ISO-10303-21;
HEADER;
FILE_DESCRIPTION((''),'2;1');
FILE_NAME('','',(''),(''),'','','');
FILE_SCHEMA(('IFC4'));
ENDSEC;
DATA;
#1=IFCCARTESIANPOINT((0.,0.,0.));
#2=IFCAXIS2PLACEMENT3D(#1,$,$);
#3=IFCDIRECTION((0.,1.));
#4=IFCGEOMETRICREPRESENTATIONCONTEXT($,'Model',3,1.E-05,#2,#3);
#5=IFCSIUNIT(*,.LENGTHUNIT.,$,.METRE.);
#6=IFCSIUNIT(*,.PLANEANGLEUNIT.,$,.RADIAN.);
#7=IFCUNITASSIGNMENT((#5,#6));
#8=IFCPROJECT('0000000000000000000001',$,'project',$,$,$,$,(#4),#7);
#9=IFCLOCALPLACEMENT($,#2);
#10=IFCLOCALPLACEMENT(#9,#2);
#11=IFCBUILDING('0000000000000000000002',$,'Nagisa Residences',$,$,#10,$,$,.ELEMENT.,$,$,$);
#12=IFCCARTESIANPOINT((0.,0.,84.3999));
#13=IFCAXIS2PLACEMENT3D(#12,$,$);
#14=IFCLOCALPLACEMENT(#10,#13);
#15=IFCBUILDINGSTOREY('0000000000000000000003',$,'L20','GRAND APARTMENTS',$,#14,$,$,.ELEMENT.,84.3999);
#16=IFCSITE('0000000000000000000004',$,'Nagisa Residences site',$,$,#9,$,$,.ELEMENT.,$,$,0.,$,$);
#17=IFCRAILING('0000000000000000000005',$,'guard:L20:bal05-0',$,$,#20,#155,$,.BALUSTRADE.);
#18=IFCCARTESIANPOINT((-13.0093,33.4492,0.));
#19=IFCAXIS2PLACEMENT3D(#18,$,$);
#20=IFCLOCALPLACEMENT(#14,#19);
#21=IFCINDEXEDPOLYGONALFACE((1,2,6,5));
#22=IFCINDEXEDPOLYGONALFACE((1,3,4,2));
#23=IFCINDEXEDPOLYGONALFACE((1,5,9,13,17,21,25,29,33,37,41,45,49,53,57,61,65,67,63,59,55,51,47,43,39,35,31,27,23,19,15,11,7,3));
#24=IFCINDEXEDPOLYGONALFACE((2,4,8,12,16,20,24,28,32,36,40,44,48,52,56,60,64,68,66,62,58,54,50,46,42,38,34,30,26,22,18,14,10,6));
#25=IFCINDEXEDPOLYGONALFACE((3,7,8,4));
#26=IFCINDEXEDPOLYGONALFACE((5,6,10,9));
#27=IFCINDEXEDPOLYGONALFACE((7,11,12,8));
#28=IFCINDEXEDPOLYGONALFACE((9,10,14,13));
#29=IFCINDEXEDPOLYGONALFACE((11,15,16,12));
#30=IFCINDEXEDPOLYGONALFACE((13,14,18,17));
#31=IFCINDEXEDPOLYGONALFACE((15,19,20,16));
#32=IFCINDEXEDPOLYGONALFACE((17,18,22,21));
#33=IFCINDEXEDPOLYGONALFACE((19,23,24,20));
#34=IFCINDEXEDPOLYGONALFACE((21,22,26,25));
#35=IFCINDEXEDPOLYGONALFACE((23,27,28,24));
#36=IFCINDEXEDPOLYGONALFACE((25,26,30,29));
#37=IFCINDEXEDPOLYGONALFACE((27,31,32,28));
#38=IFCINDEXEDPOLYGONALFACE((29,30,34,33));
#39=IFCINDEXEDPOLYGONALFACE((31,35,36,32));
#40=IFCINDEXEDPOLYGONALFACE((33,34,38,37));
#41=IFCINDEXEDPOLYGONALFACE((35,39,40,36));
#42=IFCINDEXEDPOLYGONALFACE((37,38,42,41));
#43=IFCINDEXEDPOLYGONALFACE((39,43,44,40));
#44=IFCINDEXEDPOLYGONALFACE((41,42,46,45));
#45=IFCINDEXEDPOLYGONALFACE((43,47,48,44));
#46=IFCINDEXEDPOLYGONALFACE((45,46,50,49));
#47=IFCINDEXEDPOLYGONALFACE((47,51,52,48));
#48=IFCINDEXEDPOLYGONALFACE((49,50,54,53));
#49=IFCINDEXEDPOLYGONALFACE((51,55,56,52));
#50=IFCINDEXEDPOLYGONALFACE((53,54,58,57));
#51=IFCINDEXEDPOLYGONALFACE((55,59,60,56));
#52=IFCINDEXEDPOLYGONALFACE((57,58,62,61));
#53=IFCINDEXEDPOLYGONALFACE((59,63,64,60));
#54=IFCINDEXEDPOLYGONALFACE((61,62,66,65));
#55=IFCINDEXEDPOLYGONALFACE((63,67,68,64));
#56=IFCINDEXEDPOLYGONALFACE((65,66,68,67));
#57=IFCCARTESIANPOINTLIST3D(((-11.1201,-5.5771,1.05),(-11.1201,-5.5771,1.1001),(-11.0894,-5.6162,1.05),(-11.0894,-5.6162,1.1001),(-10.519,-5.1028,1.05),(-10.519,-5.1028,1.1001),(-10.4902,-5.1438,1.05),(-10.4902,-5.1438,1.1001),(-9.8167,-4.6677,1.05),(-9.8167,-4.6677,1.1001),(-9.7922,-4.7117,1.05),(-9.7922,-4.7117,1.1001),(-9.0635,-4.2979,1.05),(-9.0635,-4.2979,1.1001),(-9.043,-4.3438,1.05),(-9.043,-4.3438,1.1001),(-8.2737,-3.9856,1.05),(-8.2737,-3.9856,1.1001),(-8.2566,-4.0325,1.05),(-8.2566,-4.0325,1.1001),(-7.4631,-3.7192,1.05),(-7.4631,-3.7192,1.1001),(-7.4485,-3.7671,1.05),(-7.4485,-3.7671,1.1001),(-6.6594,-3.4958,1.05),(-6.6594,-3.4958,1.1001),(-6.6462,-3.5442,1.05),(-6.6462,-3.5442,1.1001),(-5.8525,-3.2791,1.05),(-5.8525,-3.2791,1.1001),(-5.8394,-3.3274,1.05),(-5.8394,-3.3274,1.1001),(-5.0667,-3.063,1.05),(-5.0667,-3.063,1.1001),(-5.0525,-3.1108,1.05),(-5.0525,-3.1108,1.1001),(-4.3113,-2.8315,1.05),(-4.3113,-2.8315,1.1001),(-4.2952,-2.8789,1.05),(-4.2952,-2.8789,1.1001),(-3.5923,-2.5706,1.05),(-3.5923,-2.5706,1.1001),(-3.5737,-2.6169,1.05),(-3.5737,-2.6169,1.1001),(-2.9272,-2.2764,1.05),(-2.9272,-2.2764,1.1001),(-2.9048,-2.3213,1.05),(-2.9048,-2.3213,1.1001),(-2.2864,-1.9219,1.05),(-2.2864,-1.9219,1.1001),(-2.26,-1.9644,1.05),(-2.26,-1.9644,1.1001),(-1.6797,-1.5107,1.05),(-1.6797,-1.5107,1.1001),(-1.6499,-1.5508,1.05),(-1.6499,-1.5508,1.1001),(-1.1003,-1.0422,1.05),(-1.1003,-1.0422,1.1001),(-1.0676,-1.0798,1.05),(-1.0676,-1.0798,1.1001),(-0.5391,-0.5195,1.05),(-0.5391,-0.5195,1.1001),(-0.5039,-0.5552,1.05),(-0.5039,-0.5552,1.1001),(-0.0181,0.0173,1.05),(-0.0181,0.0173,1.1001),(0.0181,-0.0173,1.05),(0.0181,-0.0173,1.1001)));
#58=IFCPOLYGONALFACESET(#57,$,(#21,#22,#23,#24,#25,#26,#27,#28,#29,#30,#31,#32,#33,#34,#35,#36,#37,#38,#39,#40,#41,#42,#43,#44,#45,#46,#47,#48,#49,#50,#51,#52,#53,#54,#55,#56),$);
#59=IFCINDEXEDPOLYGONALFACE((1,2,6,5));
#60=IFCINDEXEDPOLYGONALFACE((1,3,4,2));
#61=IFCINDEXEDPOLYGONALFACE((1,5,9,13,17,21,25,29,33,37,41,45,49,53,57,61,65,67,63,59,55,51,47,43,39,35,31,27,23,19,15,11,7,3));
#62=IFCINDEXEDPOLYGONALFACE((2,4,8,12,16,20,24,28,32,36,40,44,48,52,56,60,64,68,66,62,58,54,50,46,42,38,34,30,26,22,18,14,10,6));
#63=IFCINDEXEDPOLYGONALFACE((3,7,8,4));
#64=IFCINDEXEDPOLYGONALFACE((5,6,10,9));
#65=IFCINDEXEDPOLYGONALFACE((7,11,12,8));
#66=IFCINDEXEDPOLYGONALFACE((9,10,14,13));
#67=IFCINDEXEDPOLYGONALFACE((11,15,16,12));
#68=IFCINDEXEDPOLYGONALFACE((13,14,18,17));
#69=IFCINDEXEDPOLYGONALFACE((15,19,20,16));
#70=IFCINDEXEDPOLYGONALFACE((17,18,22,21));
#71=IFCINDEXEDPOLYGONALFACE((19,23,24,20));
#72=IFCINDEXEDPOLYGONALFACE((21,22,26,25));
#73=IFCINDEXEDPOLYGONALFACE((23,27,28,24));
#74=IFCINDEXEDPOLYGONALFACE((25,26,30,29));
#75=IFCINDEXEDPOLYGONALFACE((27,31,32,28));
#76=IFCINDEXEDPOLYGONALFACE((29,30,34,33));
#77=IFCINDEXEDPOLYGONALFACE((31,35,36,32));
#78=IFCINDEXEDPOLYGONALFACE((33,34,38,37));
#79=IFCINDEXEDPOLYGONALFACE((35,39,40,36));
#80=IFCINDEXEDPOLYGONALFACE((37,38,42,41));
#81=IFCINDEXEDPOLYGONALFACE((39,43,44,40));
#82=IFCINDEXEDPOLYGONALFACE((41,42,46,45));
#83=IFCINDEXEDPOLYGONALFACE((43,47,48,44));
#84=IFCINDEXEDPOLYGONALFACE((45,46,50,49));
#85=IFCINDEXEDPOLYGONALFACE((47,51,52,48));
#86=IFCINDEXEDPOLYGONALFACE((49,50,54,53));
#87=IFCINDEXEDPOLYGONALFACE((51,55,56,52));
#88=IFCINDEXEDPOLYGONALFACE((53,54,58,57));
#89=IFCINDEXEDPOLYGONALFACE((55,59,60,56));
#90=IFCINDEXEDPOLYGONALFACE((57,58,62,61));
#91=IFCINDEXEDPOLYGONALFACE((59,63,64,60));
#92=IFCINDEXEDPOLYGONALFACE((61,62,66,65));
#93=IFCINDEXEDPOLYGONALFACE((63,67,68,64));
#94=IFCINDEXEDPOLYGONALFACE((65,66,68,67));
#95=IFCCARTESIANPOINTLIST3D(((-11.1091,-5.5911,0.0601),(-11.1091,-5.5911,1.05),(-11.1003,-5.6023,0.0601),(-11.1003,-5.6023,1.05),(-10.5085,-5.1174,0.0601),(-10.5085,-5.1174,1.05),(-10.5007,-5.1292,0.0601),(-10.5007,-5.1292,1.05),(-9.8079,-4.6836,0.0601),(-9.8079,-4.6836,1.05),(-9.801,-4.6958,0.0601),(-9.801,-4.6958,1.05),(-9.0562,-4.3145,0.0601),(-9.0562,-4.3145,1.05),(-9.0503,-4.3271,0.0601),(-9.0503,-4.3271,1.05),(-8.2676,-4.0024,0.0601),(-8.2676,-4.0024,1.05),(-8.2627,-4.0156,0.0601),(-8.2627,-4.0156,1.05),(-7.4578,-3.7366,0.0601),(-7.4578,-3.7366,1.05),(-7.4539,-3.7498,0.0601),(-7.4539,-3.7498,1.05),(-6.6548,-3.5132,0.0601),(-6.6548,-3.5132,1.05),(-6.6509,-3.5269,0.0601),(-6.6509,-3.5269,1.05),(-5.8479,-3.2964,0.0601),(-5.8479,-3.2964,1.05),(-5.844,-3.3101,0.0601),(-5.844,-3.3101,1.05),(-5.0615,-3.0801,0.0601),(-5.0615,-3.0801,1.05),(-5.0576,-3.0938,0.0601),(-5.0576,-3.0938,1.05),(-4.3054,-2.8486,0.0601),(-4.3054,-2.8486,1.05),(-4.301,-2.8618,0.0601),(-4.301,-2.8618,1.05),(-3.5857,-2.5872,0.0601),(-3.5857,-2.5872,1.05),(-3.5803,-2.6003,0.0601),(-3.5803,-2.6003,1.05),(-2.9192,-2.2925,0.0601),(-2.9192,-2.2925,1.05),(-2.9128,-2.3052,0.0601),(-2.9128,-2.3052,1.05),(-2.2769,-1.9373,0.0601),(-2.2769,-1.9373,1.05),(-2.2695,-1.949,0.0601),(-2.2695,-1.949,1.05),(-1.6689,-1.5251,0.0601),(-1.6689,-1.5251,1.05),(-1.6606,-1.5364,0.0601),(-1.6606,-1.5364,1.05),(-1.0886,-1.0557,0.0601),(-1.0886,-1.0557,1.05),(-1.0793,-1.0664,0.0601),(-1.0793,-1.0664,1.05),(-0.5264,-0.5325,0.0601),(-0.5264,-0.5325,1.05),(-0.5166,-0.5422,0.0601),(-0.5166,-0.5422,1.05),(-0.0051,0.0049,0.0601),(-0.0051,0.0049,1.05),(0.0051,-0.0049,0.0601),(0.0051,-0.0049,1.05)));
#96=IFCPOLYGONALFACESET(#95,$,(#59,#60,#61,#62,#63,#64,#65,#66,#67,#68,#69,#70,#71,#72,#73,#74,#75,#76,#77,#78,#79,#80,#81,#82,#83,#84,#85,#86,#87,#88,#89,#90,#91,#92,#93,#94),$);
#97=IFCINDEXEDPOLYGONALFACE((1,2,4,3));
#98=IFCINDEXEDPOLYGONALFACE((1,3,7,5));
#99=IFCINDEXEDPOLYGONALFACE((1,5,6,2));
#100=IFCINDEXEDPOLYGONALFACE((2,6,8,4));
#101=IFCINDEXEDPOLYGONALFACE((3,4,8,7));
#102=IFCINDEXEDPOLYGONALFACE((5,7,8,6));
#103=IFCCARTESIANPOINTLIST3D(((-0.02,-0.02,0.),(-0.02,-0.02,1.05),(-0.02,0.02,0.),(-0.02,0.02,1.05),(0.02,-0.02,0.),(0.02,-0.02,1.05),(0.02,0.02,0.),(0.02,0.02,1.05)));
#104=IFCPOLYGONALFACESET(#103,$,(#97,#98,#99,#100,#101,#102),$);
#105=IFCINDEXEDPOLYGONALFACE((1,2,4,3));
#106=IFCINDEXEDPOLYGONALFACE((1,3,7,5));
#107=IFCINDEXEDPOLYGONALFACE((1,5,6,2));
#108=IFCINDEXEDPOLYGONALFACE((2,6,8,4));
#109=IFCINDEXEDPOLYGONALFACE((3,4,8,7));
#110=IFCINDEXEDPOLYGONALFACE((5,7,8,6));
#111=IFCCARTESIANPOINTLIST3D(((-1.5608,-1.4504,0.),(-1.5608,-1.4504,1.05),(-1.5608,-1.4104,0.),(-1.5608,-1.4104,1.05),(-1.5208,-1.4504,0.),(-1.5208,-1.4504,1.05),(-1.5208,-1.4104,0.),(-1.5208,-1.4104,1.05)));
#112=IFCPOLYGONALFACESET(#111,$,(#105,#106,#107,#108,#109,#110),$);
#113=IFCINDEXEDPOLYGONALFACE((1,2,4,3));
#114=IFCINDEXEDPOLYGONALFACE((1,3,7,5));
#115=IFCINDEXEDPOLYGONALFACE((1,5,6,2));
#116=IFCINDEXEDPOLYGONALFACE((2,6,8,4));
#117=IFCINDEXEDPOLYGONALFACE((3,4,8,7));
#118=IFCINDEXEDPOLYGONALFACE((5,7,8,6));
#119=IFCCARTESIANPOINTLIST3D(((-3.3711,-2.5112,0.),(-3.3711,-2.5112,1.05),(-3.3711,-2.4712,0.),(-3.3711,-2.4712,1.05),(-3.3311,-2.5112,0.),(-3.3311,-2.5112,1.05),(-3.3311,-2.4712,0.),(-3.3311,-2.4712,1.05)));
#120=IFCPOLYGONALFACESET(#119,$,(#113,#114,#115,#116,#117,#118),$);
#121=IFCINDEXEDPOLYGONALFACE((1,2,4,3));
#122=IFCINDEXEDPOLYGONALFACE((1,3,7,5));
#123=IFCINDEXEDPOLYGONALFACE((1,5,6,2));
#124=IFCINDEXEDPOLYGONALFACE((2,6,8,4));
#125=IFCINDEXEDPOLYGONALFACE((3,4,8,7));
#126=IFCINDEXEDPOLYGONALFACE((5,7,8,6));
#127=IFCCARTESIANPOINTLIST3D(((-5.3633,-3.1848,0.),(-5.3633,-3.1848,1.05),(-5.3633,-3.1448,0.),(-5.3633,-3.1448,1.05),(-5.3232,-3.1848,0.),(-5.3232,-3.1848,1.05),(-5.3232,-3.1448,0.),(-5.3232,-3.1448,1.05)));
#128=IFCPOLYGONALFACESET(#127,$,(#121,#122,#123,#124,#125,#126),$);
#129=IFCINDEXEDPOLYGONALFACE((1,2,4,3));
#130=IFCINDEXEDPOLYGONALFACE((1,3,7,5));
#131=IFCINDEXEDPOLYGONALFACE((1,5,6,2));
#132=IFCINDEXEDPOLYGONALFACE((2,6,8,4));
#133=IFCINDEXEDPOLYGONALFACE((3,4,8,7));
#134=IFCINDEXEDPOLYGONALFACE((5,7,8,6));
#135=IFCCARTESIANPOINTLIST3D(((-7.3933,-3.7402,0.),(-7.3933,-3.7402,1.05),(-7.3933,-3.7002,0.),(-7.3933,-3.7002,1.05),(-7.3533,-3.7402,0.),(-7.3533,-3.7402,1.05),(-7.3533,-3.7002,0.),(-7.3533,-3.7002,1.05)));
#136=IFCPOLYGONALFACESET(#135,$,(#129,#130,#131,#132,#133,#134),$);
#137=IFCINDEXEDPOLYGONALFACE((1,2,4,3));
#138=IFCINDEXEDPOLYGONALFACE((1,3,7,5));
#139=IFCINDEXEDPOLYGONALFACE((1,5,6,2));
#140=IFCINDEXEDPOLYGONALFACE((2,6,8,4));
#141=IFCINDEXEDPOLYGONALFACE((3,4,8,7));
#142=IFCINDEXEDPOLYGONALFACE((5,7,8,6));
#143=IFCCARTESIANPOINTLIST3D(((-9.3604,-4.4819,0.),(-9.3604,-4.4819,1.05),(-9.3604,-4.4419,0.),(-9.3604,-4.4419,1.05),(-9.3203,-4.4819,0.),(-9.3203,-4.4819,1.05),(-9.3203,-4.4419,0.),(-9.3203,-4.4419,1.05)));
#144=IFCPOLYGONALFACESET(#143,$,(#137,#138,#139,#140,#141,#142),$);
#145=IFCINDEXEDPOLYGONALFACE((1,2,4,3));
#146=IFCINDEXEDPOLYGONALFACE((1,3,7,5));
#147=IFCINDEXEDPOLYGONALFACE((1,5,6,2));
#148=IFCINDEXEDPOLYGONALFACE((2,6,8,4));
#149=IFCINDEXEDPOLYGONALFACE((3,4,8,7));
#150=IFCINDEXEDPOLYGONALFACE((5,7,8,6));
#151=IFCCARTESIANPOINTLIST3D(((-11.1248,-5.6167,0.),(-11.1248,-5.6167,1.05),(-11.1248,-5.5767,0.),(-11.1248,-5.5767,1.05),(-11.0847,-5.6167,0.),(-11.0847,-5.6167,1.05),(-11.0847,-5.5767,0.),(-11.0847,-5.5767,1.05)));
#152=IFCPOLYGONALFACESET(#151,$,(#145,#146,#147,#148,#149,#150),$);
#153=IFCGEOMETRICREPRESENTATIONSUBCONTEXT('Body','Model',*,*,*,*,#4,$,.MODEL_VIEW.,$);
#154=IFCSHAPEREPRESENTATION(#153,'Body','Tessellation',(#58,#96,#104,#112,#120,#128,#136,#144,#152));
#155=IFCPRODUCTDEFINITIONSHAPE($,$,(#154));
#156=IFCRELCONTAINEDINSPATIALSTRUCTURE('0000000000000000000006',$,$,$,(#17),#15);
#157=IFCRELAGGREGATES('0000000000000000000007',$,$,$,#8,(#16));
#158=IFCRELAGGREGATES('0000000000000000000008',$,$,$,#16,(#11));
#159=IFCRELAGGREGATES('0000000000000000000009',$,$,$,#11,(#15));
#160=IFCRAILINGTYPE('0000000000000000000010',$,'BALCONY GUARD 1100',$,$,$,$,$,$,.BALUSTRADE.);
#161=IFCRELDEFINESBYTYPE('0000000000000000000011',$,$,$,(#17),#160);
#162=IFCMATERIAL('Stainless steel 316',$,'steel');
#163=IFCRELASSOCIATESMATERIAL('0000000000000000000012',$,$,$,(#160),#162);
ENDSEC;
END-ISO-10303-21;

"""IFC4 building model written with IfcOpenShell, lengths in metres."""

from ifc_helpers import new_model, si_unit, direction, frame, origin, origin_2d, place, context, subcontext, project, spatial, polyline, rectangle, outline, extrude, material, type_object, element, save


model = new_model("IFC4")

# Units and contexts
model_context = context("Model", 3, precision=1e-05, world=origin(), true_north=direction((0.0, 1.0)))
body_context = subcontext(model_context, "Body", "Model", "MODEL_VIEW")
ifc_project = project(units=[si_unit("LENGTHUNIT", "METRE"), si_unit("PLANEANGLEUNIT", "RADIAN")], contexts=[model_context])

# Site, building, storey
site_placement = place(None, origin())
site = spatial("IfcSite", under=ifc_project, at=site_placement, Name="Nagisa Residences site", CompositionType="ELEMENT", RefElevation=0.0)
building_placement = place(site_placement, origin())
building = spatial("IfcBuilding", under=site, at=building_placement, Name="Nagisa Residences", CompositionType="ELEMENT")
storey_placement = place(building_placement, frame((0.0, 0.0, 84.3999)))
storey = spatial("IfcBuildingStorey", under=building, at=storey_placement, Name="L20", Description="GRAND APARTMENTS", CompositionType="ELEMENT", Elevation=84.3999)

# Railing
ifc_material_1 = material(Name="Stainless steel 316", Category="steel")
railing_type = type_object("IfcRailingType", Name="BALCONY GUARD 1100", PredefinedType="BALUSTRADE", material=ifc_material_1)
railing_1_placement = place(storey_placement, frame((-13.0093, 33.4492, 0.0)))
element("IfcRailing", 1, at=railing_1_placement, inside=storey, type_object=railing_type, Name="guard:L20:bal05-0", PredefinedType="BALUSTRADE", context=body_context, shape_type="SweptSolid", body=[
    extrude(outline(polyline([(-0.5039, -0.5552), (0.0181, -0.0173), (-0.0181, 0.0173), (-0.5391, -0.5195), (-1.1003, -1.0422), (-1.6797, -1.5107), (-2.2864, -1.9219), (-2.9272, -2.2764), (-3.5923, -2.5706), (-4.3113, -2.8315), (-5.0667, -3.063), (-5.8525, -3.2791), (-6.6594, -3.4958), (-7.4631, -3.7192), (-8.2737, -3.9856), (-9.0635, -4.2979), (-9.8167, -4.6677), (-10.519, -5.1028), (-11.1201, -5.5771), (-11.0894, -5.6162), (-10.4902, -5.1438), (-9.7922, -4.7117), (-9.043, -4.3438), (-8.2566, -4.0325), (-7.4485, -3.7671), (-6.6462, -3.5442), (-5.8394, -3.3274), (-5.0525, -3.1108), (-4.2952, -2.8789), (-3.5737, -2.6169), (-2.9048, -2.3213), (-2.26, -1.9644), (-1.6499, -1.5508), (-1.0676, -1.0798), (-0.5039, -0.5552)])), frame((0.0, 0.0, 1.05)), (0.0, 0.0, 1.0), 0.05),
    extrude(outline(polyline([(-0.5166, -0.5422), (0.0051, -0.0049), (-0.0051, 0.0049), (-0.5264, -0.5325), (-1.0886, -1.0557), (-1.6689, -1.5251), (-2.2769, -1.9373), (-2.9192, -2.2925), (-3.5857, -2.5872), (-4.3054, -2.8486), (-5.0615, -3.0801), (-5.8479, -3.2964), (-6.6548, -3.5132), (-7.4578, -3.7366), (-8.2676, -4.0024), (-9.0562, -4.3145), (-9.8079, -4.6836), (-10.5085, -5.1174), (-11.1091, -5.5911), (-11.1003, -5.6023), (-10.5007, -5.1292), (-9.801, -4.6958), (-9.0503, -4.3271), (-8.2627, -4.0156), (-7.4539, -3.7498), (-6.6509, -3.5269), (-5.844, -3.3101), (-5.0576, -3.0938), (-4.301, -2.8618), (-3.5803, -2.6003), (-2.9128, -2.3052), (-2.2695, -1.949), (-1.6606, -1.5364), (-1.0793, -1.0664), (-0.5166, -0.5422)])), frame((0.0, 0.0, 0.0601)), (0.0, 0.0, 1.0), 0.99),
    extrude(rectangle(XDim=0.04, YDim=0.04, at=origin_2d()), origin(), (0.0, 0.0, 1.0), 1.05),
    extrude(rectangle(XDim=0.04, YDim=0.04, at=origin_2d()), frame((-1.5408, -1.4304, 0.0)), (0.0, 0.0, 1.0), 1.05),
    extrude(rectangle(XDim=0.04, YDim=0.04, at=origin_2d()), frame((-3.3511, -2.4912, 0.0)), (0.0, 0.0, 1.0), 1.05),
    extrude(rectangle(XDim=0.04, YDim=0.04, at=origin_2d()), frame((-5.3433, -3.1648, 0.0)), (0.0, 0.0, 1.0), 1.05),
    extrude(rectangle(XDim=0.04, YDim=0.04, at=origin_2d()), frame((-7.3733, -3.7202, 0.0)), (0.0, 0.0, 1.0), 1.05),
    extrude(rectangle(XDim=0.04, YDim=0.04, at=origin_2d()), frame((-9.3403, -4.4619, 0.0)), (0.0, 0.0, 1.0), 1.05),
    extrude(rectangle(XDim=0.04, YDim=0.04, at=origin_2d()), frame((-11.1047, -5.5967, 0.0)), (0.0, 0.0, 1.0), 1.05),
])

save(model, "model.ifc")
